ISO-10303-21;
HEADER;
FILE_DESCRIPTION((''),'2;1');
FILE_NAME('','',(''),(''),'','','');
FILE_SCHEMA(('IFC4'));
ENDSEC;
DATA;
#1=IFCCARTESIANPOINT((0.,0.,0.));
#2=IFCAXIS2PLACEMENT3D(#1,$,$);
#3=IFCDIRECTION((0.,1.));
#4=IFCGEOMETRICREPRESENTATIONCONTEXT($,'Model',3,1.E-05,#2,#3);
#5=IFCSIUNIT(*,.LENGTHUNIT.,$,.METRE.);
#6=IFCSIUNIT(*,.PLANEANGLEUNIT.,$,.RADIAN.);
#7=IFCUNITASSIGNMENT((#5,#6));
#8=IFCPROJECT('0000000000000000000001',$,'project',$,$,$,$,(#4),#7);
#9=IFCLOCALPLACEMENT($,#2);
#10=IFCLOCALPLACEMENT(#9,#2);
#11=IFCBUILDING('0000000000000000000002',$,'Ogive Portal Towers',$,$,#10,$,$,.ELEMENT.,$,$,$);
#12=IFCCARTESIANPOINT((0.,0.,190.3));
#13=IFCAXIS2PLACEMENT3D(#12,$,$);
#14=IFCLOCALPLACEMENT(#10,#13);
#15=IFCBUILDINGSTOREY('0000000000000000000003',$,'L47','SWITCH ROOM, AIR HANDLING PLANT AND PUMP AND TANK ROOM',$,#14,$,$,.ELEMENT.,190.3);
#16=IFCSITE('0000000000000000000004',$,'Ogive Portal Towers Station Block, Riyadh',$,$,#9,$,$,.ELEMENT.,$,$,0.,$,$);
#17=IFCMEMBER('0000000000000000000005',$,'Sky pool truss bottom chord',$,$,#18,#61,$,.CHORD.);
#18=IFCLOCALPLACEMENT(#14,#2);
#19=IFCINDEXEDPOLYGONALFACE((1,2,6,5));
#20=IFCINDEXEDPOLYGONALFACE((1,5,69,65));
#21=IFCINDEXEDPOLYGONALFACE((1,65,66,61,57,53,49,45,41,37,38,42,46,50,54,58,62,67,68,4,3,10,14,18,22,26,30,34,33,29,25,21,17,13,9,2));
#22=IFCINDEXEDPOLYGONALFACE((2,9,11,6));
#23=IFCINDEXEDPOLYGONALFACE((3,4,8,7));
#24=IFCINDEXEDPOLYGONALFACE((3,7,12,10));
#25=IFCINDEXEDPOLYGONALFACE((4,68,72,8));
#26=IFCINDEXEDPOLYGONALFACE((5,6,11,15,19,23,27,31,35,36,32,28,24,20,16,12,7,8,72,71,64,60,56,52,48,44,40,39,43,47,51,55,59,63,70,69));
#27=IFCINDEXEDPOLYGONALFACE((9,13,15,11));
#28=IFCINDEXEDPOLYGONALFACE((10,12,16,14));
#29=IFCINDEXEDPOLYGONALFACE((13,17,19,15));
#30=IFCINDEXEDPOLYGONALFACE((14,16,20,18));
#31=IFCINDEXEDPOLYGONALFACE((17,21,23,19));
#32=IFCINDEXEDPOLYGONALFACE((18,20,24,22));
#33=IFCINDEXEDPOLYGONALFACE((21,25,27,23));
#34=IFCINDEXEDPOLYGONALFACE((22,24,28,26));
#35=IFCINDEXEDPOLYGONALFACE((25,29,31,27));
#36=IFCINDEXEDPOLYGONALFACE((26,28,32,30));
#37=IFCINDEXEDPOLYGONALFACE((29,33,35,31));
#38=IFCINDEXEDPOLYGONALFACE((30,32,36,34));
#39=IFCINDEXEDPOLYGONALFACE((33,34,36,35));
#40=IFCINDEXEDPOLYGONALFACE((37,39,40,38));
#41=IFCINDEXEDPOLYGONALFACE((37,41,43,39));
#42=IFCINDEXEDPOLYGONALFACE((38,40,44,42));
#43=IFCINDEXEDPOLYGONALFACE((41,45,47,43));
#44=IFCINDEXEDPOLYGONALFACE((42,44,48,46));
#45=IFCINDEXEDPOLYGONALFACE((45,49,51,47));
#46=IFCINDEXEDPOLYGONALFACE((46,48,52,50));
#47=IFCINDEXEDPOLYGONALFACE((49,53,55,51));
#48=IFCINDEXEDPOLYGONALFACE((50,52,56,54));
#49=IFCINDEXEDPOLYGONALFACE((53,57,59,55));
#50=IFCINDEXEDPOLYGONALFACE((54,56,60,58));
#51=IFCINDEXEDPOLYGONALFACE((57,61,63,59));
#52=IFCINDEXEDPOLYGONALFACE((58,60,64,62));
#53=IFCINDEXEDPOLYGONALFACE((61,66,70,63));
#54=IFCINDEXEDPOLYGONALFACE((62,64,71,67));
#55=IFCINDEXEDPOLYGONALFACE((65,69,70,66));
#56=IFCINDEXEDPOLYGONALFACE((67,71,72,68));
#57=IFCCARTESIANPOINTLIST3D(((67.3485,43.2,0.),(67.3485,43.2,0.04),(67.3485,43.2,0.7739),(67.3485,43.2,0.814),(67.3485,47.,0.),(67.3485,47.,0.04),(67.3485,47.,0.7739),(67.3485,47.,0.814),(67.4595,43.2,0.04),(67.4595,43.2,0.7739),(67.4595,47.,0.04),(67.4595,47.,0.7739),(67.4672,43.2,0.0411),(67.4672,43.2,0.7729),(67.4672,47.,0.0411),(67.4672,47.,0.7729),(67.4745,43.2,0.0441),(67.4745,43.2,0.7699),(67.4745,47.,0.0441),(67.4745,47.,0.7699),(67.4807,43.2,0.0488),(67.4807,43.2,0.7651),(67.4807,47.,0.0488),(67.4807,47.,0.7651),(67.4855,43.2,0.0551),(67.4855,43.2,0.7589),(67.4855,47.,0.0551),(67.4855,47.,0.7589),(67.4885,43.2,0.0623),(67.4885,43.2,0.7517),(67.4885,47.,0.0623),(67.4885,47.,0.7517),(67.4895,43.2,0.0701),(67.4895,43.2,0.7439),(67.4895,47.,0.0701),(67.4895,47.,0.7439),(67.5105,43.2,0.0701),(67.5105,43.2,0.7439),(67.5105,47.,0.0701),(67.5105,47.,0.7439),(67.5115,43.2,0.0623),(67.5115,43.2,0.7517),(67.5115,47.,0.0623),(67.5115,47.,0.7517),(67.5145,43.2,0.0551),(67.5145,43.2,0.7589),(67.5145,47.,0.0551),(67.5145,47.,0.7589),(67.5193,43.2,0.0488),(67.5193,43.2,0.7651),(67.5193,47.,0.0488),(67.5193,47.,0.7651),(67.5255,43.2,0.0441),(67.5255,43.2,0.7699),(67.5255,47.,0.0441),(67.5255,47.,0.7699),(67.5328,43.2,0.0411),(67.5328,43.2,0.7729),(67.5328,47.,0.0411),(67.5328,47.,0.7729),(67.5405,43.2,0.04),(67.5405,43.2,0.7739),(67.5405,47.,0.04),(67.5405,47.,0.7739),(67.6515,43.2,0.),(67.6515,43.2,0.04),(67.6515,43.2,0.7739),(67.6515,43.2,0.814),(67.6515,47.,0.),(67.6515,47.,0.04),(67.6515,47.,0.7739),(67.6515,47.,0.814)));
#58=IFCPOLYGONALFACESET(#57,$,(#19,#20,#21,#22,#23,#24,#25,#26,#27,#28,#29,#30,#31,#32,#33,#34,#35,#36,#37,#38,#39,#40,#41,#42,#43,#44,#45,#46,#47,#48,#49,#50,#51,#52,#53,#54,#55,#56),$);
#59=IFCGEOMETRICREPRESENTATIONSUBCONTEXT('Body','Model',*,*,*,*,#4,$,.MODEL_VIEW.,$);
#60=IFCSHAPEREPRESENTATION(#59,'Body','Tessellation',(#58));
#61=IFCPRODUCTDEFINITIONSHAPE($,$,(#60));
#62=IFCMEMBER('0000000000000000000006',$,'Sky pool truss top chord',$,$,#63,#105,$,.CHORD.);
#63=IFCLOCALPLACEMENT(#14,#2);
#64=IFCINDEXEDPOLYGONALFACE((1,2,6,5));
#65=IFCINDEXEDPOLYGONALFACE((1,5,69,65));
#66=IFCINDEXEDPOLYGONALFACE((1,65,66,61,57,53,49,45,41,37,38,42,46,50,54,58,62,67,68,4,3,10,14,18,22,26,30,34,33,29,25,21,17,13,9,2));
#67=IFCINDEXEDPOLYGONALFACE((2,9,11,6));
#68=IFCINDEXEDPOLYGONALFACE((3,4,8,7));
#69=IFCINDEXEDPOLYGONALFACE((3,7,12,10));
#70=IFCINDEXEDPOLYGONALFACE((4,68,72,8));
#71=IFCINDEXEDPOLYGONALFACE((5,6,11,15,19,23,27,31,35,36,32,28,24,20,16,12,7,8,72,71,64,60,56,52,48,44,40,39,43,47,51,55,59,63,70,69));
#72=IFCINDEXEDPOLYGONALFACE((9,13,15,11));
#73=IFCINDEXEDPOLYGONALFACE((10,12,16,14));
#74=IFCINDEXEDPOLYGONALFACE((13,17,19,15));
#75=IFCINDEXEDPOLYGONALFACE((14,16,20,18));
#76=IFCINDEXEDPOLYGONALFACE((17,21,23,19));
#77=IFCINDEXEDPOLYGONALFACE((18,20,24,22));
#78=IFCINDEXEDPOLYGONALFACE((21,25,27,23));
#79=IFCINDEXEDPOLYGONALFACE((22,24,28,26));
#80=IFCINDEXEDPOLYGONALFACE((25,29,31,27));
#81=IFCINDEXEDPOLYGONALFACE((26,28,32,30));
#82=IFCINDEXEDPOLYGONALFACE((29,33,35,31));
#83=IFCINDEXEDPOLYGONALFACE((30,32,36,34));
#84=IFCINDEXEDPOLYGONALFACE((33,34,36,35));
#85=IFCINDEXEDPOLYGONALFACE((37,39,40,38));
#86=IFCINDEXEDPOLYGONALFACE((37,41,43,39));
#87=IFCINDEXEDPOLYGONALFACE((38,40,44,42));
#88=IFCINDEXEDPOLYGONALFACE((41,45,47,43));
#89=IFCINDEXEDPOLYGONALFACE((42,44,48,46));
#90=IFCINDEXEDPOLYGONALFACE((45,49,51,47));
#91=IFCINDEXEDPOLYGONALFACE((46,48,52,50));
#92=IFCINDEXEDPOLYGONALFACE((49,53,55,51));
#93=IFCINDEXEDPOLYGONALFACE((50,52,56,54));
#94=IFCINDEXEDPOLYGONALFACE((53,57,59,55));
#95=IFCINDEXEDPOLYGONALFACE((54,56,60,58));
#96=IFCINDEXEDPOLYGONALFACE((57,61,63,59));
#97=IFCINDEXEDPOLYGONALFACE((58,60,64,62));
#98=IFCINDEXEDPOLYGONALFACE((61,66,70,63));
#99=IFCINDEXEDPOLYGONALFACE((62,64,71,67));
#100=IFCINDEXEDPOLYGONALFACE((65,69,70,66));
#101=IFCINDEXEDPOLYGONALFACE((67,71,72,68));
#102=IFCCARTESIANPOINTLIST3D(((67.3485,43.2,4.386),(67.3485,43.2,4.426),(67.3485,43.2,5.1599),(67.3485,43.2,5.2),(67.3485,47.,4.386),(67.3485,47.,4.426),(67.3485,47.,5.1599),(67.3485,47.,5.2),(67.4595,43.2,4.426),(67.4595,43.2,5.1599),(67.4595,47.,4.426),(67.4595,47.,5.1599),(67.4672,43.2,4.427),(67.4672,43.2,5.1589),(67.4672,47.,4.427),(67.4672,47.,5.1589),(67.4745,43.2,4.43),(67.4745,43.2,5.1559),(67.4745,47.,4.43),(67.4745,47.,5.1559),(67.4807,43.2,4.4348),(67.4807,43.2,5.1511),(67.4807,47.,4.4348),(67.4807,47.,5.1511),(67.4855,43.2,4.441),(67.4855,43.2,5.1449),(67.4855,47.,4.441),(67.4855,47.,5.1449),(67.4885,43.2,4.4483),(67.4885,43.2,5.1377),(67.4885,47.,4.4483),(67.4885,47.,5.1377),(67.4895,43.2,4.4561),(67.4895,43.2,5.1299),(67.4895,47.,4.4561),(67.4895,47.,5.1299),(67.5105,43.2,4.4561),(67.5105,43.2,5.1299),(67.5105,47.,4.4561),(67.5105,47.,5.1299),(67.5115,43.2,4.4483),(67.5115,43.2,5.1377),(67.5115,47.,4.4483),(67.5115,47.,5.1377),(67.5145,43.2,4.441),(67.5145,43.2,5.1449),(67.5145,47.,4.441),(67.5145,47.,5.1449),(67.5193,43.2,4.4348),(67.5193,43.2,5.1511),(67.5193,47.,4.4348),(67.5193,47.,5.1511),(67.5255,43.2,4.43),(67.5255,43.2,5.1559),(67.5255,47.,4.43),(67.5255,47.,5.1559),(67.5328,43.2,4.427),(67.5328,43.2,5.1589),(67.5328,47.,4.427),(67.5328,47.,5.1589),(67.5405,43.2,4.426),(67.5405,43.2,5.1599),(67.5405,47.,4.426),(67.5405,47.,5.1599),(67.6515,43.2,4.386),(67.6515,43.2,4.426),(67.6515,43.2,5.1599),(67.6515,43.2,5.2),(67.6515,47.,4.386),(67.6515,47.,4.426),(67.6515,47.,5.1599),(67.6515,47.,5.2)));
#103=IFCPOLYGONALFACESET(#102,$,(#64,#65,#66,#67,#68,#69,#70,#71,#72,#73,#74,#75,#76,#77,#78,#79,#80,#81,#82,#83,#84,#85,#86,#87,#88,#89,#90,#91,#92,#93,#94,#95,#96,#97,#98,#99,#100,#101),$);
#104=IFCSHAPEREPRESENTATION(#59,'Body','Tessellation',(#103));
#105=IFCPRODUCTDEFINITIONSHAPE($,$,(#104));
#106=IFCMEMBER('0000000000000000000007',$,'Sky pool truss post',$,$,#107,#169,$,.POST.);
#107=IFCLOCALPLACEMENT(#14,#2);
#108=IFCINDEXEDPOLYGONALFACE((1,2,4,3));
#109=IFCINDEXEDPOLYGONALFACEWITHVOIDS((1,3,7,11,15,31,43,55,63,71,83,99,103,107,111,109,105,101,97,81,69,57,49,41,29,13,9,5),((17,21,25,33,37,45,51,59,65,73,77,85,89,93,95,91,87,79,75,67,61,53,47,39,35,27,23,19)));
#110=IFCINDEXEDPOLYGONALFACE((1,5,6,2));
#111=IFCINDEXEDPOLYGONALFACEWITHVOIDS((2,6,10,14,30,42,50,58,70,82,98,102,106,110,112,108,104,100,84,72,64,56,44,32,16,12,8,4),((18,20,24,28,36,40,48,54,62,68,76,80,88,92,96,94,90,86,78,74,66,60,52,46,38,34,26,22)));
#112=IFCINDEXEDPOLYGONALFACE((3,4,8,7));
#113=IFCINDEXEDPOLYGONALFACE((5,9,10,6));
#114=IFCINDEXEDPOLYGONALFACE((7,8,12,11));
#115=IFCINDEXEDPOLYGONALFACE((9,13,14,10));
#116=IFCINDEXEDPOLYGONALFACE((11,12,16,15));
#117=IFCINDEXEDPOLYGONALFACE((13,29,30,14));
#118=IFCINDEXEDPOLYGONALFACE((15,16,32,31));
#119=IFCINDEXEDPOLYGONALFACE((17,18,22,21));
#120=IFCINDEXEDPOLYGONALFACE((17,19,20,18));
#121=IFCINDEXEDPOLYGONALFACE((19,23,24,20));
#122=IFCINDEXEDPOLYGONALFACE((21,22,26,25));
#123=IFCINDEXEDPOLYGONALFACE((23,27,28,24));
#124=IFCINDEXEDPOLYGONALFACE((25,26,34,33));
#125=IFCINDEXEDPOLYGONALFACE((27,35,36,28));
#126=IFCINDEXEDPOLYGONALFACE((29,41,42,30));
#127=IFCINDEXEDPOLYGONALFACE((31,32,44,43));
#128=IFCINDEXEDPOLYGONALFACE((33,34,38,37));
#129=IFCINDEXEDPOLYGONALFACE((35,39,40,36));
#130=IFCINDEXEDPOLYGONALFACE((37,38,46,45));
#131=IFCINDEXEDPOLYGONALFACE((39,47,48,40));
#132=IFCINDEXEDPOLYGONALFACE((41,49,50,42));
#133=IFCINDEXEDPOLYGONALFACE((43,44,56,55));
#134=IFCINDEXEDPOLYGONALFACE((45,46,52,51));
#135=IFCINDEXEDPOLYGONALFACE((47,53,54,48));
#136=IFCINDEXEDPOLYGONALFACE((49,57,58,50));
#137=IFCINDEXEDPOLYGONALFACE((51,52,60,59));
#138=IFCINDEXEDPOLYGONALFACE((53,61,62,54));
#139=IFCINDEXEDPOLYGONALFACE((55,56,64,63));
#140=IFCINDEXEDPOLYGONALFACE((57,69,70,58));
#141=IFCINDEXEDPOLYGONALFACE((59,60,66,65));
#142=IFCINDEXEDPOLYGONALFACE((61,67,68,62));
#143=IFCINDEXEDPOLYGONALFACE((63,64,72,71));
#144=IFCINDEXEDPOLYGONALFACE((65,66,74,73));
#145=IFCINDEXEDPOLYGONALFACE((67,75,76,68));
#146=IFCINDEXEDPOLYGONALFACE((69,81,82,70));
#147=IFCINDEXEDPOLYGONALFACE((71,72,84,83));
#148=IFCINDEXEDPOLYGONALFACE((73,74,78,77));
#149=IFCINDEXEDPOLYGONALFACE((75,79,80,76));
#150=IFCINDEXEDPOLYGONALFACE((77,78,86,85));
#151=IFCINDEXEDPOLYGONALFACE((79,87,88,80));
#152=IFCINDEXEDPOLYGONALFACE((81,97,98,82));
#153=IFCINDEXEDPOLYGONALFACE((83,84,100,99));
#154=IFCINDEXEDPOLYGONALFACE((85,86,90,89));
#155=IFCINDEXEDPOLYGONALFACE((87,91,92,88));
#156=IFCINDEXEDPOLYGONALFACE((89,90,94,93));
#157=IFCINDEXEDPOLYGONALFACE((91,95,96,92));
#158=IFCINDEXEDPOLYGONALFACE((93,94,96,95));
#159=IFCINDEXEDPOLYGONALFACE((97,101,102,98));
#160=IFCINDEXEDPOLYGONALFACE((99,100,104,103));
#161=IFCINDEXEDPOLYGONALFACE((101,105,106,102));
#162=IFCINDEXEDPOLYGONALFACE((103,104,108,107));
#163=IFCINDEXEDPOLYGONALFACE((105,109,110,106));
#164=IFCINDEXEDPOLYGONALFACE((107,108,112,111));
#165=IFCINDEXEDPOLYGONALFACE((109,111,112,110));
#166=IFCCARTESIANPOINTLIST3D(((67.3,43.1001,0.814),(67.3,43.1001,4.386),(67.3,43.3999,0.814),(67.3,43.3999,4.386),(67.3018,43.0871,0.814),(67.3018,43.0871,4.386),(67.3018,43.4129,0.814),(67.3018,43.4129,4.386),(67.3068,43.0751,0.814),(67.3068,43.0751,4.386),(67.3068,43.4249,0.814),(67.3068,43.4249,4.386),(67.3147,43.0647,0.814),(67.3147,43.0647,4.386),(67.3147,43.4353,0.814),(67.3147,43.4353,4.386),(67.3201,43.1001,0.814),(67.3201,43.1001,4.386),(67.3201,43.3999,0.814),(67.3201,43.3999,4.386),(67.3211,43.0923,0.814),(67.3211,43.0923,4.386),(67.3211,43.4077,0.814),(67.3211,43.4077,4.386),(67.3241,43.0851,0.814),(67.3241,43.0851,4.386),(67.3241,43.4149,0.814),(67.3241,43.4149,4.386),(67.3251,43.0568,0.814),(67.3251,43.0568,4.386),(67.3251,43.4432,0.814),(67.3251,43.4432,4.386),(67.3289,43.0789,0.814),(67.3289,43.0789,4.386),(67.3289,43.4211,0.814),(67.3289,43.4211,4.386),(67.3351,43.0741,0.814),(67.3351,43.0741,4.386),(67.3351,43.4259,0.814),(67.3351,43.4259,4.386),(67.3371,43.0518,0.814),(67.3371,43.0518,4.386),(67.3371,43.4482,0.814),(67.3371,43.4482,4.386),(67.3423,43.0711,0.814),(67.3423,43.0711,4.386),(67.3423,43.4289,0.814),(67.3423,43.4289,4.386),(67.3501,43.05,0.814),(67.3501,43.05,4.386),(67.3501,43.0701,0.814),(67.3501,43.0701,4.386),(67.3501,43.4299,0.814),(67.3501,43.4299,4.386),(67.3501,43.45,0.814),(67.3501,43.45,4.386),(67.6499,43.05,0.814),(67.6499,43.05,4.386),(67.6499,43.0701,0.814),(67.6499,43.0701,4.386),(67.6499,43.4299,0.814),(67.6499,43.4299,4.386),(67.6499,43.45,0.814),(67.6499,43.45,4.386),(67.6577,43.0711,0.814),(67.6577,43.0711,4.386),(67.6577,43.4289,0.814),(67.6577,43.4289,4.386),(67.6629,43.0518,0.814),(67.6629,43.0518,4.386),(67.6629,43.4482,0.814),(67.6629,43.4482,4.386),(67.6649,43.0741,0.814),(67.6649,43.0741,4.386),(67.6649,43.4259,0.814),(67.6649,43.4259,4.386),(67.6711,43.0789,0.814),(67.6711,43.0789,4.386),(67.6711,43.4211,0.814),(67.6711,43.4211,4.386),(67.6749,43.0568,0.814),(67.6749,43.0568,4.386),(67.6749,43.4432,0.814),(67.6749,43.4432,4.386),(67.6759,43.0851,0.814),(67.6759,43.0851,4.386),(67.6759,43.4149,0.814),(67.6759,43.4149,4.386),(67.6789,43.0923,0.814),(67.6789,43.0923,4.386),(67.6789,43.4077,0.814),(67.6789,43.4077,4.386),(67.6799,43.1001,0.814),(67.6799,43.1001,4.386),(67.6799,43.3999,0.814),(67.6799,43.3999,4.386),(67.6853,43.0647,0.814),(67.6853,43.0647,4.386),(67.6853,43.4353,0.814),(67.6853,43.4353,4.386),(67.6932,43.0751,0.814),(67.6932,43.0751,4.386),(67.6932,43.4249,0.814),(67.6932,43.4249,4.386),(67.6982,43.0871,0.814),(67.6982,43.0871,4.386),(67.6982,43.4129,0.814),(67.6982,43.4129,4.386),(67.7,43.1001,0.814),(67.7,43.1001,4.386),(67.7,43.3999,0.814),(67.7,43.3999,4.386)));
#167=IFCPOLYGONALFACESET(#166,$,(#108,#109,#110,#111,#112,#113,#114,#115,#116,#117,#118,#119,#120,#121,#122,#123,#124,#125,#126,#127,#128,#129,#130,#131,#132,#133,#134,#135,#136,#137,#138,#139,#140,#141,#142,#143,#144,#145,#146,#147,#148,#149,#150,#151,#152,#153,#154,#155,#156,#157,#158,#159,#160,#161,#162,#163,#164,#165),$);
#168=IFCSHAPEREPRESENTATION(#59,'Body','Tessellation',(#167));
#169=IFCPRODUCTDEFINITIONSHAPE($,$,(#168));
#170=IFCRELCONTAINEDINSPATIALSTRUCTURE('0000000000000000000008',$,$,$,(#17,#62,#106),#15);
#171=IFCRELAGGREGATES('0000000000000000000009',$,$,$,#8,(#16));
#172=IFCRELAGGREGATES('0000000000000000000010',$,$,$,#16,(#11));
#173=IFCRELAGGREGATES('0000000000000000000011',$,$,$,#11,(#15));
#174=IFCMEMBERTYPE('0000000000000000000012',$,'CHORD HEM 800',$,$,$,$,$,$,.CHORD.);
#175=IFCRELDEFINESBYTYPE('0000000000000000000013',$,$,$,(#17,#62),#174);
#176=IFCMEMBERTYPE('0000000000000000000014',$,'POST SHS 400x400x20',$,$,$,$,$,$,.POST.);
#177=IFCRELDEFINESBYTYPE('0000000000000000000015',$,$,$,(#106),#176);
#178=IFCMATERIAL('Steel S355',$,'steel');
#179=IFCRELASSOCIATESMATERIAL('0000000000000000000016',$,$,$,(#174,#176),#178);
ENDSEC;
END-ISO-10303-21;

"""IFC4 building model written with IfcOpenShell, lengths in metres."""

from ifc_helpers import new_model, si_unit, direction, frame, origin, origin_2d, place, context, subcontext, project, spatial, hollow_rectangle, i_section, extrude, material, material_profile, profile_set, type_object, element, save


model = new_model("IFC4")

# Units and contexts
model_context = context("Model", 3, precision=1e-05, world=origin(), true_north=direction((0.0, 1.0)))
body_context = subcontext(model_context, "Body", "Model", "MODEL_VIEW")
ifc_project = project(units=[si_unit("LENGTHUNIT", "METRE"), si_unit("PLANEANGLEUNIT", "RADIAN")], contexts=[model_context])

# Site, building, storey
site_placement = place(None, origin())
site = spatial("IfcSite", under=ifc_project, at=site_placement, Name="Ogive Portal Towers Station Block, Riyadh", CompositionType="ELEMENT", RefElevation=0.0)
building_placement = place(site_placement, origin())
building = spatial("IfcBuilding", under=site, at=building_placement, Name="Ogive Portal Towers", CompositionType="ELEMENT")
storey_placement = place(building_placement, frame((0.0, 0.0, 190.3)))
storey = spatial("IfcBuildingStorey", under=building, at=storey_placement, Name="L47", Description="SWITCH ROOM, AIR HANDLING PLANT AND PUMP AND TANK ROOM", CompositionType="ELEMENT", Elevation=190.3)

# Members
ifc_material_1 = material(Name="Steel S355", Category="steel")
ifc_material_profile_1 = material_profile(ifc_material_1, i_section(OverallWidth=0.303, OverallDepth=0.814, WebThickness=0.021, FlangeThickness=0.04, FilletRadius=0.03, at=origin_2d()), Name="HEM 800")
ifc_profile_set_1 = profile_set([ifc_material_profile_1], Name="Steel S355")
member_type_1 = type_object("IfcMemberType", Name="CHORD HEM 800", PredefinedType="CHORD", material=ifc_profile_set_1)
for number, where, z_axis, x_axis, name in (
    (1, (67.5, 43.2, 0.407), (0.0, 1.0, 0.0), (-1.0, 0.0, 0.0), "Sky pool truss bottom chord"),
    (2, (67.5, 43.2, 4.793), (0.0, 1.0, 0.0), (-1.0, 0.0, 0.0), "Sky pool truss top chord"),
):
    element("IfcMember", number, at=place(storey_placement, frame(where, z_axis=z_axis, x_axis=x_axis)), inside=storey, type_object=member_type_1, Name=name, PredefinedType="CHORD", context=body_context, shape_type="SweptSolid", body=[
        extrude(i_section(OverallWidth=0.303, OverallDepth=0.814, WebThickness=0.021, FlangeThickness=0.04, FilletRadius=0.03, at=origin_2d()), origin(), (0.0, 0.0, 1.0), 3.8),
    ])
ifc_material_profile_2 = material_profile(ifc_material_1, hollow_rectangle(XDim=0.3999, YDim=0.3999, WallThickness=0.02, InnerFilletRadius=0.03, OuterFilletRadius=0.05, at=origin_2d()), Name="SHS 400x400x20")
ifc_profile_set_2 = profile_set([ifc_material_profile_2], Name="Steel S355")
member_type_2 = type_object("IfcMemberType", Name="POST SHS 400x400x20", PredefinedType="POST", material=ifc_profile_set_2)
for number, where, z_axis, x_axis, name in (
    (3, (67.5, 43.25, 0.814), (0.0, 0.0, 1.0), (1.0, 0.0, 0.0), "Sky pool truss post"),
):
    element("IfcMember", number, at=place(storey_placement, frame(where, z_axis=z_axis, x_axis=x_axis)), inside=storey, type_object=member_type_2, Name=name, PredefinedType="POST", context=body_context, shape_type="SweptSolid", body=[
        extrude(hollow_rectangle(XDim=0.3999, YDim=0.3999, WallThickness=0.02, InnerFilletRadius=0.03, OuterFilletRadius=0.05, at=origin_2d()), origin(), (0.0, 0.0, 1.0), 3.572),
    ])

save(model, "model.ifc")
